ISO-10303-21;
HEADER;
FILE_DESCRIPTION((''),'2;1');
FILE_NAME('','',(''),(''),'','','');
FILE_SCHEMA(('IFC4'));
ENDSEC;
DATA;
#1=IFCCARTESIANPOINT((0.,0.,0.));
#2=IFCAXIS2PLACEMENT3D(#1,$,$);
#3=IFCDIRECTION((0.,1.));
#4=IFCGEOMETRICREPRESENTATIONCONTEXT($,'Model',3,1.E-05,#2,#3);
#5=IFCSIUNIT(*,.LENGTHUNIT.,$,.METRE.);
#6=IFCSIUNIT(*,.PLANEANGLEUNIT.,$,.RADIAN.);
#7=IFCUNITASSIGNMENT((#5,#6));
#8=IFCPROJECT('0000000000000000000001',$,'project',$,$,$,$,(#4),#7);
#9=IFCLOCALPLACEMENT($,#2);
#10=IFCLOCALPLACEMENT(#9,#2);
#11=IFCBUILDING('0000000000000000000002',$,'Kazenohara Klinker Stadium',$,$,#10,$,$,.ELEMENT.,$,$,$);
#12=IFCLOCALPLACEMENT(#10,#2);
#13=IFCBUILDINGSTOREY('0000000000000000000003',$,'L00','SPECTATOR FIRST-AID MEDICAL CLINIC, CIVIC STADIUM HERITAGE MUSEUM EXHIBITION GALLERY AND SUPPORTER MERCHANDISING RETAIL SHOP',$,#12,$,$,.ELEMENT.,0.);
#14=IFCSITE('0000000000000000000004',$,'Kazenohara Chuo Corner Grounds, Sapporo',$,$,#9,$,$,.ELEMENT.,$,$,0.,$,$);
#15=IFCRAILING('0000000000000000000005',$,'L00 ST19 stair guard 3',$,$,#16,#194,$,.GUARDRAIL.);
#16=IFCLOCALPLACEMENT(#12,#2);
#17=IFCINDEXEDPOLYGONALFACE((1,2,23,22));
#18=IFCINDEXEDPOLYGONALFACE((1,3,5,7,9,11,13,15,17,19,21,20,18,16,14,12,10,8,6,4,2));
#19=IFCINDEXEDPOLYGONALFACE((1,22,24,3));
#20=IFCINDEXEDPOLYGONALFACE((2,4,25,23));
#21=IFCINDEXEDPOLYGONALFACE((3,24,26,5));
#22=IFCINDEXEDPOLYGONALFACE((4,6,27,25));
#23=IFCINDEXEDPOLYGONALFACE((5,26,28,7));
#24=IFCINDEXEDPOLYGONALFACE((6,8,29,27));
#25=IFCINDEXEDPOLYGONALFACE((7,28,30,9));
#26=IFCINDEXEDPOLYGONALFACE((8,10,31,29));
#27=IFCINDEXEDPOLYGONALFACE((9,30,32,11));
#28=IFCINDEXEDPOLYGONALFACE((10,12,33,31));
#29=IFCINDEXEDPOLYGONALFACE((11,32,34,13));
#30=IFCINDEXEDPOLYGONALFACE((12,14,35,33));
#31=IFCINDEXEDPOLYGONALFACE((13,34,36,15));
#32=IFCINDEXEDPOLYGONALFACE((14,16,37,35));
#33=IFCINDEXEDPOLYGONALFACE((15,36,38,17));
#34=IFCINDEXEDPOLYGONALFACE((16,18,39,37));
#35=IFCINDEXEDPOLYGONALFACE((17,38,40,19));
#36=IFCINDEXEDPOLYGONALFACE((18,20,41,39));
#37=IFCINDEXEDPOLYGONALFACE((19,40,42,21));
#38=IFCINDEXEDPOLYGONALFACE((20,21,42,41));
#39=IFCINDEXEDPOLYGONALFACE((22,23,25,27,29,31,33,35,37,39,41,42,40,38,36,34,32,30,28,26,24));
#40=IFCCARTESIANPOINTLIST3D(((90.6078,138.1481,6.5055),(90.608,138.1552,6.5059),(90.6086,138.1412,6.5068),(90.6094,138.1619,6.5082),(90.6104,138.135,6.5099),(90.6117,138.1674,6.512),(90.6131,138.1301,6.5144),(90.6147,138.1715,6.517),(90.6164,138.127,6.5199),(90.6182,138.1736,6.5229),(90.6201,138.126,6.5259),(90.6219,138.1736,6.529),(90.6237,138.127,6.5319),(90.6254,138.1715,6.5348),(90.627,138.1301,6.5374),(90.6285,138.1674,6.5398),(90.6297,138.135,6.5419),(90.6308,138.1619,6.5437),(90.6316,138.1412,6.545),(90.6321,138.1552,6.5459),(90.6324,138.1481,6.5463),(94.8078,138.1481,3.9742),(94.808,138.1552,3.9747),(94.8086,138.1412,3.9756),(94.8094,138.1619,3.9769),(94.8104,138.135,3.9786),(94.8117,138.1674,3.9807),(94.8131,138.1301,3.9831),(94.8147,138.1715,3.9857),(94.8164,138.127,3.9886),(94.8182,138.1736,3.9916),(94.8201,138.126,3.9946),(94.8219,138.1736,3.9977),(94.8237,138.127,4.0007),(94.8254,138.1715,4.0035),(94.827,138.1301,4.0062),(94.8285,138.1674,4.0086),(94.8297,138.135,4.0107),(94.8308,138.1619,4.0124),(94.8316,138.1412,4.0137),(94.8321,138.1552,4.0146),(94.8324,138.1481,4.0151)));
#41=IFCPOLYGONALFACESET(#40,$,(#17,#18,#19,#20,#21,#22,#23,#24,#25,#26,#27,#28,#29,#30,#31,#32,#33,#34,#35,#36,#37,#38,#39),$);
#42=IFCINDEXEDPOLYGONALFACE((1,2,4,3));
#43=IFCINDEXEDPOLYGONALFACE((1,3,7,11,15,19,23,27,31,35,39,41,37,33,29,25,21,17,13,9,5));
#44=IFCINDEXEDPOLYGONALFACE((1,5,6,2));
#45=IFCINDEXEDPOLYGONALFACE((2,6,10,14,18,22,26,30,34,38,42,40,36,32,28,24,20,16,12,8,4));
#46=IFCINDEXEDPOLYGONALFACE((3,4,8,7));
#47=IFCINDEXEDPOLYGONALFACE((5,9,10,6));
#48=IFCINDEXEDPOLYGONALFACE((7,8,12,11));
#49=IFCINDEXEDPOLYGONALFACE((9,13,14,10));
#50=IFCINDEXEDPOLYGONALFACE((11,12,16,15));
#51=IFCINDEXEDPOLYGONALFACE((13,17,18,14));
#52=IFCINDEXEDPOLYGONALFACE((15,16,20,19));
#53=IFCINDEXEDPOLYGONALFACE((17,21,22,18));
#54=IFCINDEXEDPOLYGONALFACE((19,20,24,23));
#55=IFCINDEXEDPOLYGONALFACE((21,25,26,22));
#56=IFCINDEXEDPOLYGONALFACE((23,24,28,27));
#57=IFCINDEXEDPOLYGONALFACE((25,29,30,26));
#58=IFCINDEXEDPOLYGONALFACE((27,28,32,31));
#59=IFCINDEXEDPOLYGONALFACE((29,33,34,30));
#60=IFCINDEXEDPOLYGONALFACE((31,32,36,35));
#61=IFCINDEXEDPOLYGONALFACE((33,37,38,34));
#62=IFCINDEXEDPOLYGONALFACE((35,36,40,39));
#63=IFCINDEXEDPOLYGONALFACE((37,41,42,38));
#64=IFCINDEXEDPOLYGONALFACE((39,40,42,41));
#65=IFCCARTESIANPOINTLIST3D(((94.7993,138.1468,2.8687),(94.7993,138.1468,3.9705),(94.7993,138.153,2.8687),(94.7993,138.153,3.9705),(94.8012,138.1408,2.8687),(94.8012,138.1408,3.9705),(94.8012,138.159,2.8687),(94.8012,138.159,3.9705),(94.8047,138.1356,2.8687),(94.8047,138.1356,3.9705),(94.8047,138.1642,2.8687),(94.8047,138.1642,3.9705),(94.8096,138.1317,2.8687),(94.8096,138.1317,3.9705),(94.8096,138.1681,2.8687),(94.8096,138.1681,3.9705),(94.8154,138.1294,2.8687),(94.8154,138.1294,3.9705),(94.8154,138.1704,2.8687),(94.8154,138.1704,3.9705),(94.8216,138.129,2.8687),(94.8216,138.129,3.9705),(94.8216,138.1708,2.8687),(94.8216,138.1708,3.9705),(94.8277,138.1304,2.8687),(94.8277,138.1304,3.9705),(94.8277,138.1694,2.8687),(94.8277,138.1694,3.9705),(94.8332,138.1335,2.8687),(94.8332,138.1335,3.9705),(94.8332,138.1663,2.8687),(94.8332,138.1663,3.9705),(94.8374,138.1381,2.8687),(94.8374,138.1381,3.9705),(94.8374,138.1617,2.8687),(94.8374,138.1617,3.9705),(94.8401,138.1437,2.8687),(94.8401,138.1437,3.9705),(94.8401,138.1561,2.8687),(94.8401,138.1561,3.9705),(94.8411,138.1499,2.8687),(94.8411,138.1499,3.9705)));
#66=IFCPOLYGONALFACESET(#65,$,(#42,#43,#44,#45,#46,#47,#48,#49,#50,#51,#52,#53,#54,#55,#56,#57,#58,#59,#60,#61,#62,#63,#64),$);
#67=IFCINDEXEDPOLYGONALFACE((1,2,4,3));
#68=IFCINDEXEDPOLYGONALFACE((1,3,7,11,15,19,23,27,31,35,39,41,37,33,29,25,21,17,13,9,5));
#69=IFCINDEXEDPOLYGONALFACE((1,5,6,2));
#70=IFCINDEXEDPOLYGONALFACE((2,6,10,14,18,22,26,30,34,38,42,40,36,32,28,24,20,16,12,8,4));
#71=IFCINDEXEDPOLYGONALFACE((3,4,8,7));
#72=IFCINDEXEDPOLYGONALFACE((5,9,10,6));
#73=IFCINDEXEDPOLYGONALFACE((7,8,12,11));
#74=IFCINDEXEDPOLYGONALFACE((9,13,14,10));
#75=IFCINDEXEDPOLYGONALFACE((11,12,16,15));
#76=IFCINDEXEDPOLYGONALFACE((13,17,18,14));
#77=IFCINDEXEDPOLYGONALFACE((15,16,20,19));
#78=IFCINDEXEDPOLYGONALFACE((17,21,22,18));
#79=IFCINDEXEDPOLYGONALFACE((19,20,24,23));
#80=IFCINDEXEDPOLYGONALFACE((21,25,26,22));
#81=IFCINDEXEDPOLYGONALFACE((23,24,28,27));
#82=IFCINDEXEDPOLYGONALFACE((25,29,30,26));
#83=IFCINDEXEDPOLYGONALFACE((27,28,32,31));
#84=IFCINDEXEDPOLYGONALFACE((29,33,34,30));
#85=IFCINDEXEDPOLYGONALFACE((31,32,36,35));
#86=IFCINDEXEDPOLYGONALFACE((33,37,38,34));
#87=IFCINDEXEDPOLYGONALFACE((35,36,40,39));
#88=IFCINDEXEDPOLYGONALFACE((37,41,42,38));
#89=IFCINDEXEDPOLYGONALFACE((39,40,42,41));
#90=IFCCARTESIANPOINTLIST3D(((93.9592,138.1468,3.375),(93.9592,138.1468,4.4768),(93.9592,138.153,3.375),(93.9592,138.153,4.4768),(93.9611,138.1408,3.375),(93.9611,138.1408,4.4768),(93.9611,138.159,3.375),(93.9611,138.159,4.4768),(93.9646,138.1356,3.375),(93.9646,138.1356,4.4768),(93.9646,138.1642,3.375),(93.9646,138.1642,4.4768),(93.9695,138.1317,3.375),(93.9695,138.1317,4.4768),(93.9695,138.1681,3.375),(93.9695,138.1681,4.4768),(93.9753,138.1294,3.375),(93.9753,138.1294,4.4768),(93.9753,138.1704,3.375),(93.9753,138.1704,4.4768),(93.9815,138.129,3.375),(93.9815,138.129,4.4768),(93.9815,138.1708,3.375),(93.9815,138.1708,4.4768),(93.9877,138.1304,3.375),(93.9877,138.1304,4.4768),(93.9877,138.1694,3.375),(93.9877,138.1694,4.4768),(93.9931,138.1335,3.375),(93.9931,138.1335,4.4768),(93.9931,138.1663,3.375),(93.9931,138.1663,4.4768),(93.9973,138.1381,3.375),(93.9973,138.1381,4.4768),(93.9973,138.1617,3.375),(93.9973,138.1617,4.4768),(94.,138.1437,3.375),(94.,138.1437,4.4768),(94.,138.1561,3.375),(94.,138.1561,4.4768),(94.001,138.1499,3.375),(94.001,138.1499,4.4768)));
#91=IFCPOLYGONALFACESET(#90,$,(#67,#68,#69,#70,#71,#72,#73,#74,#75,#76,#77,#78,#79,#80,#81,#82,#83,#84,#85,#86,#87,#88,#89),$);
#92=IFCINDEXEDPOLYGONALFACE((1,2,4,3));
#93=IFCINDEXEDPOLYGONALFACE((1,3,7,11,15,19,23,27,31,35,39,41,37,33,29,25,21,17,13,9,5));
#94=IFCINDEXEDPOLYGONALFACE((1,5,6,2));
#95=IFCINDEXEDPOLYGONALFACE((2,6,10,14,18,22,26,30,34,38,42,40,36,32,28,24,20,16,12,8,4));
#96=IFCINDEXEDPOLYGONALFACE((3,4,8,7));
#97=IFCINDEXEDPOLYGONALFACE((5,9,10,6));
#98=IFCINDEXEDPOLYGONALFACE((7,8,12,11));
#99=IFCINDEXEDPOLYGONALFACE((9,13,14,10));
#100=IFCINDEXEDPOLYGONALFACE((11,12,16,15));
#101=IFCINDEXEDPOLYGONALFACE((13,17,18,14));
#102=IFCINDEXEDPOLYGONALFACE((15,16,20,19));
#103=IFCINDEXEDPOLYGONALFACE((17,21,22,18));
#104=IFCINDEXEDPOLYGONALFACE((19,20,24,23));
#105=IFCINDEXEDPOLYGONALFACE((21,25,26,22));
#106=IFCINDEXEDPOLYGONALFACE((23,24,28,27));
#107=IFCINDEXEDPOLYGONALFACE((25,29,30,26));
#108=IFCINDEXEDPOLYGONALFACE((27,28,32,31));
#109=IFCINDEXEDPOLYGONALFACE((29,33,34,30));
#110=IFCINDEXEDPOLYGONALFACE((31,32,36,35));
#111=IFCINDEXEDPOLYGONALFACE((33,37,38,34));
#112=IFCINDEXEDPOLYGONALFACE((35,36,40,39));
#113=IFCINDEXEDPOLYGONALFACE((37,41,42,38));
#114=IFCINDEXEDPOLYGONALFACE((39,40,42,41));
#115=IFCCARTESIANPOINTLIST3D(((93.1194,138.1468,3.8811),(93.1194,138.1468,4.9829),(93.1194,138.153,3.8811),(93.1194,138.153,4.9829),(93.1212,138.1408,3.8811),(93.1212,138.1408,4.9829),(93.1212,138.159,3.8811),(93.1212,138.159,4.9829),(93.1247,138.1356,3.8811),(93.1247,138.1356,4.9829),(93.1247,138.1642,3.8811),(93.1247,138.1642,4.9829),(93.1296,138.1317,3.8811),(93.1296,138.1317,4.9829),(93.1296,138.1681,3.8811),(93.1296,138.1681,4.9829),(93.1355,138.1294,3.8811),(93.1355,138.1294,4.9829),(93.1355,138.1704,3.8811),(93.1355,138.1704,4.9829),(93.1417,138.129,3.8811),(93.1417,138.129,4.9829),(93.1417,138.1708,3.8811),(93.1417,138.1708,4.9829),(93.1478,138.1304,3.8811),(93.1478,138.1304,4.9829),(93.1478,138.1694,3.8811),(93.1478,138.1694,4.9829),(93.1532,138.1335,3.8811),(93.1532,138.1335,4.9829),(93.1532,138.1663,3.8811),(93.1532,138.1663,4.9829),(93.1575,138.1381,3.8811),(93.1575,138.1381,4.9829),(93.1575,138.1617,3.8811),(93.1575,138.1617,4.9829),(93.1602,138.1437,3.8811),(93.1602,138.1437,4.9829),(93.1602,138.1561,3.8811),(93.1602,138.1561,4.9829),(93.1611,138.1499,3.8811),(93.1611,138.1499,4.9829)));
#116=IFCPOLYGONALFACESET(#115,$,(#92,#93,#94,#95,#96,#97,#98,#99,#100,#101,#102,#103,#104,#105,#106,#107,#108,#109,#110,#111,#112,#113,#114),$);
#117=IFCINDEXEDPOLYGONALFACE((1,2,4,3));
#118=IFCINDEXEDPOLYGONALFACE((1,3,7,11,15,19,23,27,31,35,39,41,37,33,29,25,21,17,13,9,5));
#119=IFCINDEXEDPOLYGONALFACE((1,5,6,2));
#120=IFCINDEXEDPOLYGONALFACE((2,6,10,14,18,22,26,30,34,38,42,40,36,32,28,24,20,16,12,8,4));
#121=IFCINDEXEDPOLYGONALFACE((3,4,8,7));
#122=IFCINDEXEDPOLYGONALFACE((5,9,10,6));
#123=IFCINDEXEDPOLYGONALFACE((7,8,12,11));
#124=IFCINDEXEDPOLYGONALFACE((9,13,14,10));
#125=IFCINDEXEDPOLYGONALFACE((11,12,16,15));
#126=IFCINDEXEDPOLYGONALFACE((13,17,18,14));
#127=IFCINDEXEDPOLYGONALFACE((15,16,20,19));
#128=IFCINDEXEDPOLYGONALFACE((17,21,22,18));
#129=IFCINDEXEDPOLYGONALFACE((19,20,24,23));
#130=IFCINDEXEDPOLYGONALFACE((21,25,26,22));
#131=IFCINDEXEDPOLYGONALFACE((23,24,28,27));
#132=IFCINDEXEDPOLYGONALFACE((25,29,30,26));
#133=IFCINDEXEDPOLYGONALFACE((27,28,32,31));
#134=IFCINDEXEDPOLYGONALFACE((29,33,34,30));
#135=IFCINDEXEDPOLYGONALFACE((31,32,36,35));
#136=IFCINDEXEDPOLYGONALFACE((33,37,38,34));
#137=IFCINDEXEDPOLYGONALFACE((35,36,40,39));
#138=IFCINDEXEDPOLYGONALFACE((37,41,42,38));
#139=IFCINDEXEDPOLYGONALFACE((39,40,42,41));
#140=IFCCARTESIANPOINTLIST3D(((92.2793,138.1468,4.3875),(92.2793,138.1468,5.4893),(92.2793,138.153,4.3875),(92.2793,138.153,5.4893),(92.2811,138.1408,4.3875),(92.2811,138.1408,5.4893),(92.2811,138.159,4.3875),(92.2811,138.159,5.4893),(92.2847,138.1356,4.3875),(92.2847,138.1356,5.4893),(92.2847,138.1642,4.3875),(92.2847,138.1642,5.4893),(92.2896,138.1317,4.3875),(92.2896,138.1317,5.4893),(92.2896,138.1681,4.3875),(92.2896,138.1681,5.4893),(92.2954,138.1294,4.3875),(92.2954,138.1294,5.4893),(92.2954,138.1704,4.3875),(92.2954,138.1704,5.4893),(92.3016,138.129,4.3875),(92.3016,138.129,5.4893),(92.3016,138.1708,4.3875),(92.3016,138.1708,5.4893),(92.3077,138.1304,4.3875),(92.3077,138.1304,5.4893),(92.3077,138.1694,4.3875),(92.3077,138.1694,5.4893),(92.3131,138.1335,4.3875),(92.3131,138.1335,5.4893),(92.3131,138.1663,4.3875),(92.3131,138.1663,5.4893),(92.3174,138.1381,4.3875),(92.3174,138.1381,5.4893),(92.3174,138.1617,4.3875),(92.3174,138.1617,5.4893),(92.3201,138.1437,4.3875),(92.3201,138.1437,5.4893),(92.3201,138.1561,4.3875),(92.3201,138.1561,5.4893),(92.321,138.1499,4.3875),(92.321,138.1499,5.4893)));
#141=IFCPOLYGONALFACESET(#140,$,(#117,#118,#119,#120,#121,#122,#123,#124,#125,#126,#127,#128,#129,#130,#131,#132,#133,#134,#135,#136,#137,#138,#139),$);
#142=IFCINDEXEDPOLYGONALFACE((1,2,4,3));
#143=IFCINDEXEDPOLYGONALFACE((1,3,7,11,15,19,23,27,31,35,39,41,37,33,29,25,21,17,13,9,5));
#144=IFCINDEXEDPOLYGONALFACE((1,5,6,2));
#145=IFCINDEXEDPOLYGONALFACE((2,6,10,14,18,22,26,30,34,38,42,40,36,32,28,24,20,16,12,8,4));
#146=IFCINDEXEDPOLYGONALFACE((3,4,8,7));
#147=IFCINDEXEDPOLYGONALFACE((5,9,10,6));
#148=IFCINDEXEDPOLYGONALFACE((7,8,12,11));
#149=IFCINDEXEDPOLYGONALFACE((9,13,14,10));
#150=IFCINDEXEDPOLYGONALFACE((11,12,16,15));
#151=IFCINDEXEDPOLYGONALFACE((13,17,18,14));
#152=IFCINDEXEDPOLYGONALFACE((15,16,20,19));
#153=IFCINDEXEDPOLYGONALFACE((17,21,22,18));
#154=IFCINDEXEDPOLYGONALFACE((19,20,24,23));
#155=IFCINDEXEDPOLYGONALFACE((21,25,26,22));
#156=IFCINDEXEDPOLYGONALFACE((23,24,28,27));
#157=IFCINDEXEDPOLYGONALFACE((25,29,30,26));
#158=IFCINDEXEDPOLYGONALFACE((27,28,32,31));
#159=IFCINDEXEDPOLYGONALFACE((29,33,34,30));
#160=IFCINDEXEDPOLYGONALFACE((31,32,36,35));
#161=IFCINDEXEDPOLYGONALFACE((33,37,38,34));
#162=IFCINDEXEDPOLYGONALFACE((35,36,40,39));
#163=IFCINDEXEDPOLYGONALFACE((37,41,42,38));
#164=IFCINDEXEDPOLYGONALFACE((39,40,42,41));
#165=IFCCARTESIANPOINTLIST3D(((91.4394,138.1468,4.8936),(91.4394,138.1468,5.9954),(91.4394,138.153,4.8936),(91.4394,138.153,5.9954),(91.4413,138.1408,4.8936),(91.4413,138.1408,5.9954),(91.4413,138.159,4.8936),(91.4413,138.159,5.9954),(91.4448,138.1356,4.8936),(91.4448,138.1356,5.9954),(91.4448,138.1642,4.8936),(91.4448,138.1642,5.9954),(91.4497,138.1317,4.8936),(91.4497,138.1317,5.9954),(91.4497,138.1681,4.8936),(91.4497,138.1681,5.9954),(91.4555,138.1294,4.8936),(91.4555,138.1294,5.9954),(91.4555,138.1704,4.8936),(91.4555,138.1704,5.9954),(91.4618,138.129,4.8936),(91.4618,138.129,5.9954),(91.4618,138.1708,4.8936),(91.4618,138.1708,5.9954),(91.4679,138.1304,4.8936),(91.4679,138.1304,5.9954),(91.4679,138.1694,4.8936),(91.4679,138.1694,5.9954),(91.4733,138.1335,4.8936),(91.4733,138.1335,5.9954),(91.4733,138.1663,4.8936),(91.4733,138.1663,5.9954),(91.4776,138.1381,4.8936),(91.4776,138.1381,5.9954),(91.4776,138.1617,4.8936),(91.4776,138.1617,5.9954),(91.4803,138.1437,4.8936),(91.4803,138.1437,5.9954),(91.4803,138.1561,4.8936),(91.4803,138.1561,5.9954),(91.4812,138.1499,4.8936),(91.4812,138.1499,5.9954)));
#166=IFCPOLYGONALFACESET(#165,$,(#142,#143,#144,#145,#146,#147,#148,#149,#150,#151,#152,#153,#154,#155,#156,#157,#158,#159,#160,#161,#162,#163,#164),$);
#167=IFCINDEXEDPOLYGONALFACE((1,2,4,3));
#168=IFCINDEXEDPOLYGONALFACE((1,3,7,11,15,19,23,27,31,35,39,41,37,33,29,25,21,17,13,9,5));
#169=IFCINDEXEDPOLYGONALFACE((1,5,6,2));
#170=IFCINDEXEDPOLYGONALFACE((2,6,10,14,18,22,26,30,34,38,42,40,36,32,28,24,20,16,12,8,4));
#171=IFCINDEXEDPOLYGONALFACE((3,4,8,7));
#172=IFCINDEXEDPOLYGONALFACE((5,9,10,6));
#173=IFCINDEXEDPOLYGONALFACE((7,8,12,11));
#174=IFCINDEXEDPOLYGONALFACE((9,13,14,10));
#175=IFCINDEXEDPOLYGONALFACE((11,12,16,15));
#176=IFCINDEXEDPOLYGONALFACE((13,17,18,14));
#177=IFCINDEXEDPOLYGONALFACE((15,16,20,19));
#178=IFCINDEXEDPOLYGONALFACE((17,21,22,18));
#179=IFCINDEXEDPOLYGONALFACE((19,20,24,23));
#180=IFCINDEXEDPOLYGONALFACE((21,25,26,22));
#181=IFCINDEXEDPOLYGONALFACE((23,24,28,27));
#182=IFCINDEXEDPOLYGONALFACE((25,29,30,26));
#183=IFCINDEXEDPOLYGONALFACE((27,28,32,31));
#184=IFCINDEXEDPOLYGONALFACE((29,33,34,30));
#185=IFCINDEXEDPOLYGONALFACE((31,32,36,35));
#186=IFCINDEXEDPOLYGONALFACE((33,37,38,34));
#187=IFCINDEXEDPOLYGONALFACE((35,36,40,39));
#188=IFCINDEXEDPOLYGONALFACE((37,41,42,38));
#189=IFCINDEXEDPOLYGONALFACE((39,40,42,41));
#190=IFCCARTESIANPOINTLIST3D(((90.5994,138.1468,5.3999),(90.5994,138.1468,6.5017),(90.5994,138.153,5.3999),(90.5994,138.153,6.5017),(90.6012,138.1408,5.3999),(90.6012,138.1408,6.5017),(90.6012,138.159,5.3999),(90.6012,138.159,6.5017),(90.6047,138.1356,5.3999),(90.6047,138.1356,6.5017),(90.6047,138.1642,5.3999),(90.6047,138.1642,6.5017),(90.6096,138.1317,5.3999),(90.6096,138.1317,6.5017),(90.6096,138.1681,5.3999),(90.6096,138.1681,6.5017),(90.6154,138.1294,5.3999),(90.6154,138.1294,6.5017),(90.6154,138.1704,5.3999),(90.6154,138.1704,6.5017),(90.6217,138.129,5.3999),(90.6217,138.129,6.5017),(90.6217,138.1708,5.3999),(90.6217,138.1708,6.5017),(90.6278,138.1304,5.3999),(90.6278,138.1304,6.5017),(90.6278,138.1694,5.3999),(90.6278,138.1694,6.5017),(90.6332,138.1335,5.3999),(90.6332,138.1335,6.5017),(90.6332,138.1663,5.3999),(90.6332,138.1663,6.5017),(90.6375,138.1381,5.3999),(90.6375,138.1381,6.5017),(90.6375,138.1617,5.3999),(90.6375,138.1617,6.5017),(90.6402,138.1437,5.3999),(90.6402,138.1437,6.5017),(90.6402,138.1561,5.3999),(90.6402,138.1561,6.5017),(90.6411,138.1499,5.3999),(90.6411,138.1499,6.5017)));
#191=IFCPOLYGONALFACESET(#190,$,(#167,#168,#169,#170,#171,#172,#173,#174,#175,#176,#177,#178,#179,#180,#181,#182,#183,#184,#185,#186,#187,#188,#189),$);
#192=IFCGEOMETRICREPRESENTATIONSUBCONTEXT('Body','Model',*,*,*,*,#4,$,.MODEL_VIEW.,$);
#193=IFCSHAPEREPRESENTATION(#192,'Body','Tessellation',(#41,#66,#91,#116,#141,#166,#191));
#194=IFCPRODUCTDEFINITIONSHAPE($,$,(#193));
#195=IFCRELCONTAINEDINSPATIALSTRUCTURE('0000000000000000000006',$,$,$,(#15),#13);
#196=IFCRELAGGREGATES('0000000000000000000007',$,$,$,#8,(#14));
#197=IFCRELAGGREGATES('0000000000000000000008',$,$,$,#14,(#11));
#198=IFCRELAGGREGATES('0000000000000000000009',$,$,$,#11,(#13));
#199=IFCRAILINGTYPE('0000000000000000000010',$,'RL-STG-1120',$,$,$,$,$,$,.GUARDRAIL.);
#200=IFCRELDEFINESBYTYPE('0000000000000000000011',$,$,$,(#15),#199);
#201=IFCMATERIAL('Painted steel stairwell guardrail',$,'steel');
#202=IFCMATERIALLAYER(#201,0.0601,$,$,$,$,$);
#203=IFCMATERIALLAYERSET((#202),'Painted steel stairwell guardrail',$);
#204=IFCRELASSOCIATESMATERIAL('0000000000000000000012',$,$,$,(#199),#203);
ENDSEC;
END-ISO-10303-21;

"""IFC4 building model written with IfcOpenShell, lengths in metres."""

from ifc_helpers import new_model, si_unit, direction, frame, origin, origin_2d, place, context, subcontext, project, spatial, circle, extrude, material, layer, layer_set, type_object, element, save


model = new_model("IFC4")

# Units and contexts
model_context = context("Model", 3, precision=1e-05, world=origin(), true_north=direction((0.0, 1.0)))
body_context = subcontext(model_context, "Body", "Model", "MODEL_VIEW")
ifc_project = project(units=[si_unit("LENGTHUNIT", "METRE"), si_unit("PLANEANGLEUNIT", "RADIAN")], contexts=[model_context])

# Site, building, storey
site_placement = place(None, origin())
site = spatial("IfcSite", under=ifc_project, at=site_placement, Name="Kazenohara Chuo Corner Grounds, Sapporo", CompositionType="ELEMENT", RefElevation=0.0)
building_placement = place(site_placement, origin())
building = spatial("IfcBuilding", under=site, at=building_placement, Name="Kazenohara Klinker Stadium", CompositionType="ELEMENT")
storey_placement = place(building_placement, origin())
storey = spatial("IfcBuildingStorey", under=building, at=storey_placement, Name="L00", Description="SPECTATOR FIRST-AID MEDICAL CLINIC, CIVIC STADIUM HERITAGE MUSEUM EXHIBITION GALLERY AND SUPPORTER MERCHANDISING RETAIL SHOP", CompositionType="ELEMENT", Elevation=0.0)

# Railing
ifc_material_1 = material(Name="Painted steel stairwell guardrail", Category="steel")
ifc_layer_1 = layer(ifc_material_1, 0.0601)
ifc_layer_set_1 = layer_set([ifc_layer_1], Name="Painted steel stairwell guardrail")
railing_type_1 = type_object("IfcRailingType", Name="RL-STG-1120", PredefinedType="GUARDRAIL", material=ifc_layer_set_1)
railing_1_placement = place(storey_placement, frame((94.8201, 138.1499, 2.8687)))
element("IfcRailing", 1, at=railing_1_placement, inside=storey, type_object=railing_type_1, Name="L00 ST19 stair guard 3", PredefinedType="GUARDRAIL", context=body_context, shape_type="SweptSolid", body=[
    extrude(circle(Radius=0.0239, at=origin_2d()), frame((0.0, 0.0, 1.126), z_axis=(-0.856476, 0.0, 0.516186), x_axis=(0.0, -1.0, 0.0)), (0.0, 0.0, 1.0), 4.9038),
    extrude(circle(Radius=0.021, at=origin_2d()), origin(), (0.0, 0.0, 1.0), 1.1018),
    extrude(circle(Radius=0.021, at=origin_2d()), frame((-0.8401, 0.0, 0.5063)), (0.0, 0.0, 1.0), 1.1018),
    extrude(circle(Radius=0.021, at=origin_2d()), frame((-1.6799, 0.0, 1.0125)), (0.0, 0.0, 1.0), 1.1018),
    extrude(circle(Radius=0.021, at=origin_2d()), frame((-2.52, 0.0, 1.5188)), (0.0, 0.0, 1.0), 1.1018),
    extrude(circle(Radius=0.021, at=origin_2d()), frame((-3.3599, 0.0, 2.0249)), (0.0, 0.0, 1.0), 1.1018),
    extrude(circle(Radius=0.021, at=origin_2d()), frame((-4.2, 0.0, 2.5312)), (0.0, 0.0, 1.0), 1.1018),
])

save(model, "model.ifc")
